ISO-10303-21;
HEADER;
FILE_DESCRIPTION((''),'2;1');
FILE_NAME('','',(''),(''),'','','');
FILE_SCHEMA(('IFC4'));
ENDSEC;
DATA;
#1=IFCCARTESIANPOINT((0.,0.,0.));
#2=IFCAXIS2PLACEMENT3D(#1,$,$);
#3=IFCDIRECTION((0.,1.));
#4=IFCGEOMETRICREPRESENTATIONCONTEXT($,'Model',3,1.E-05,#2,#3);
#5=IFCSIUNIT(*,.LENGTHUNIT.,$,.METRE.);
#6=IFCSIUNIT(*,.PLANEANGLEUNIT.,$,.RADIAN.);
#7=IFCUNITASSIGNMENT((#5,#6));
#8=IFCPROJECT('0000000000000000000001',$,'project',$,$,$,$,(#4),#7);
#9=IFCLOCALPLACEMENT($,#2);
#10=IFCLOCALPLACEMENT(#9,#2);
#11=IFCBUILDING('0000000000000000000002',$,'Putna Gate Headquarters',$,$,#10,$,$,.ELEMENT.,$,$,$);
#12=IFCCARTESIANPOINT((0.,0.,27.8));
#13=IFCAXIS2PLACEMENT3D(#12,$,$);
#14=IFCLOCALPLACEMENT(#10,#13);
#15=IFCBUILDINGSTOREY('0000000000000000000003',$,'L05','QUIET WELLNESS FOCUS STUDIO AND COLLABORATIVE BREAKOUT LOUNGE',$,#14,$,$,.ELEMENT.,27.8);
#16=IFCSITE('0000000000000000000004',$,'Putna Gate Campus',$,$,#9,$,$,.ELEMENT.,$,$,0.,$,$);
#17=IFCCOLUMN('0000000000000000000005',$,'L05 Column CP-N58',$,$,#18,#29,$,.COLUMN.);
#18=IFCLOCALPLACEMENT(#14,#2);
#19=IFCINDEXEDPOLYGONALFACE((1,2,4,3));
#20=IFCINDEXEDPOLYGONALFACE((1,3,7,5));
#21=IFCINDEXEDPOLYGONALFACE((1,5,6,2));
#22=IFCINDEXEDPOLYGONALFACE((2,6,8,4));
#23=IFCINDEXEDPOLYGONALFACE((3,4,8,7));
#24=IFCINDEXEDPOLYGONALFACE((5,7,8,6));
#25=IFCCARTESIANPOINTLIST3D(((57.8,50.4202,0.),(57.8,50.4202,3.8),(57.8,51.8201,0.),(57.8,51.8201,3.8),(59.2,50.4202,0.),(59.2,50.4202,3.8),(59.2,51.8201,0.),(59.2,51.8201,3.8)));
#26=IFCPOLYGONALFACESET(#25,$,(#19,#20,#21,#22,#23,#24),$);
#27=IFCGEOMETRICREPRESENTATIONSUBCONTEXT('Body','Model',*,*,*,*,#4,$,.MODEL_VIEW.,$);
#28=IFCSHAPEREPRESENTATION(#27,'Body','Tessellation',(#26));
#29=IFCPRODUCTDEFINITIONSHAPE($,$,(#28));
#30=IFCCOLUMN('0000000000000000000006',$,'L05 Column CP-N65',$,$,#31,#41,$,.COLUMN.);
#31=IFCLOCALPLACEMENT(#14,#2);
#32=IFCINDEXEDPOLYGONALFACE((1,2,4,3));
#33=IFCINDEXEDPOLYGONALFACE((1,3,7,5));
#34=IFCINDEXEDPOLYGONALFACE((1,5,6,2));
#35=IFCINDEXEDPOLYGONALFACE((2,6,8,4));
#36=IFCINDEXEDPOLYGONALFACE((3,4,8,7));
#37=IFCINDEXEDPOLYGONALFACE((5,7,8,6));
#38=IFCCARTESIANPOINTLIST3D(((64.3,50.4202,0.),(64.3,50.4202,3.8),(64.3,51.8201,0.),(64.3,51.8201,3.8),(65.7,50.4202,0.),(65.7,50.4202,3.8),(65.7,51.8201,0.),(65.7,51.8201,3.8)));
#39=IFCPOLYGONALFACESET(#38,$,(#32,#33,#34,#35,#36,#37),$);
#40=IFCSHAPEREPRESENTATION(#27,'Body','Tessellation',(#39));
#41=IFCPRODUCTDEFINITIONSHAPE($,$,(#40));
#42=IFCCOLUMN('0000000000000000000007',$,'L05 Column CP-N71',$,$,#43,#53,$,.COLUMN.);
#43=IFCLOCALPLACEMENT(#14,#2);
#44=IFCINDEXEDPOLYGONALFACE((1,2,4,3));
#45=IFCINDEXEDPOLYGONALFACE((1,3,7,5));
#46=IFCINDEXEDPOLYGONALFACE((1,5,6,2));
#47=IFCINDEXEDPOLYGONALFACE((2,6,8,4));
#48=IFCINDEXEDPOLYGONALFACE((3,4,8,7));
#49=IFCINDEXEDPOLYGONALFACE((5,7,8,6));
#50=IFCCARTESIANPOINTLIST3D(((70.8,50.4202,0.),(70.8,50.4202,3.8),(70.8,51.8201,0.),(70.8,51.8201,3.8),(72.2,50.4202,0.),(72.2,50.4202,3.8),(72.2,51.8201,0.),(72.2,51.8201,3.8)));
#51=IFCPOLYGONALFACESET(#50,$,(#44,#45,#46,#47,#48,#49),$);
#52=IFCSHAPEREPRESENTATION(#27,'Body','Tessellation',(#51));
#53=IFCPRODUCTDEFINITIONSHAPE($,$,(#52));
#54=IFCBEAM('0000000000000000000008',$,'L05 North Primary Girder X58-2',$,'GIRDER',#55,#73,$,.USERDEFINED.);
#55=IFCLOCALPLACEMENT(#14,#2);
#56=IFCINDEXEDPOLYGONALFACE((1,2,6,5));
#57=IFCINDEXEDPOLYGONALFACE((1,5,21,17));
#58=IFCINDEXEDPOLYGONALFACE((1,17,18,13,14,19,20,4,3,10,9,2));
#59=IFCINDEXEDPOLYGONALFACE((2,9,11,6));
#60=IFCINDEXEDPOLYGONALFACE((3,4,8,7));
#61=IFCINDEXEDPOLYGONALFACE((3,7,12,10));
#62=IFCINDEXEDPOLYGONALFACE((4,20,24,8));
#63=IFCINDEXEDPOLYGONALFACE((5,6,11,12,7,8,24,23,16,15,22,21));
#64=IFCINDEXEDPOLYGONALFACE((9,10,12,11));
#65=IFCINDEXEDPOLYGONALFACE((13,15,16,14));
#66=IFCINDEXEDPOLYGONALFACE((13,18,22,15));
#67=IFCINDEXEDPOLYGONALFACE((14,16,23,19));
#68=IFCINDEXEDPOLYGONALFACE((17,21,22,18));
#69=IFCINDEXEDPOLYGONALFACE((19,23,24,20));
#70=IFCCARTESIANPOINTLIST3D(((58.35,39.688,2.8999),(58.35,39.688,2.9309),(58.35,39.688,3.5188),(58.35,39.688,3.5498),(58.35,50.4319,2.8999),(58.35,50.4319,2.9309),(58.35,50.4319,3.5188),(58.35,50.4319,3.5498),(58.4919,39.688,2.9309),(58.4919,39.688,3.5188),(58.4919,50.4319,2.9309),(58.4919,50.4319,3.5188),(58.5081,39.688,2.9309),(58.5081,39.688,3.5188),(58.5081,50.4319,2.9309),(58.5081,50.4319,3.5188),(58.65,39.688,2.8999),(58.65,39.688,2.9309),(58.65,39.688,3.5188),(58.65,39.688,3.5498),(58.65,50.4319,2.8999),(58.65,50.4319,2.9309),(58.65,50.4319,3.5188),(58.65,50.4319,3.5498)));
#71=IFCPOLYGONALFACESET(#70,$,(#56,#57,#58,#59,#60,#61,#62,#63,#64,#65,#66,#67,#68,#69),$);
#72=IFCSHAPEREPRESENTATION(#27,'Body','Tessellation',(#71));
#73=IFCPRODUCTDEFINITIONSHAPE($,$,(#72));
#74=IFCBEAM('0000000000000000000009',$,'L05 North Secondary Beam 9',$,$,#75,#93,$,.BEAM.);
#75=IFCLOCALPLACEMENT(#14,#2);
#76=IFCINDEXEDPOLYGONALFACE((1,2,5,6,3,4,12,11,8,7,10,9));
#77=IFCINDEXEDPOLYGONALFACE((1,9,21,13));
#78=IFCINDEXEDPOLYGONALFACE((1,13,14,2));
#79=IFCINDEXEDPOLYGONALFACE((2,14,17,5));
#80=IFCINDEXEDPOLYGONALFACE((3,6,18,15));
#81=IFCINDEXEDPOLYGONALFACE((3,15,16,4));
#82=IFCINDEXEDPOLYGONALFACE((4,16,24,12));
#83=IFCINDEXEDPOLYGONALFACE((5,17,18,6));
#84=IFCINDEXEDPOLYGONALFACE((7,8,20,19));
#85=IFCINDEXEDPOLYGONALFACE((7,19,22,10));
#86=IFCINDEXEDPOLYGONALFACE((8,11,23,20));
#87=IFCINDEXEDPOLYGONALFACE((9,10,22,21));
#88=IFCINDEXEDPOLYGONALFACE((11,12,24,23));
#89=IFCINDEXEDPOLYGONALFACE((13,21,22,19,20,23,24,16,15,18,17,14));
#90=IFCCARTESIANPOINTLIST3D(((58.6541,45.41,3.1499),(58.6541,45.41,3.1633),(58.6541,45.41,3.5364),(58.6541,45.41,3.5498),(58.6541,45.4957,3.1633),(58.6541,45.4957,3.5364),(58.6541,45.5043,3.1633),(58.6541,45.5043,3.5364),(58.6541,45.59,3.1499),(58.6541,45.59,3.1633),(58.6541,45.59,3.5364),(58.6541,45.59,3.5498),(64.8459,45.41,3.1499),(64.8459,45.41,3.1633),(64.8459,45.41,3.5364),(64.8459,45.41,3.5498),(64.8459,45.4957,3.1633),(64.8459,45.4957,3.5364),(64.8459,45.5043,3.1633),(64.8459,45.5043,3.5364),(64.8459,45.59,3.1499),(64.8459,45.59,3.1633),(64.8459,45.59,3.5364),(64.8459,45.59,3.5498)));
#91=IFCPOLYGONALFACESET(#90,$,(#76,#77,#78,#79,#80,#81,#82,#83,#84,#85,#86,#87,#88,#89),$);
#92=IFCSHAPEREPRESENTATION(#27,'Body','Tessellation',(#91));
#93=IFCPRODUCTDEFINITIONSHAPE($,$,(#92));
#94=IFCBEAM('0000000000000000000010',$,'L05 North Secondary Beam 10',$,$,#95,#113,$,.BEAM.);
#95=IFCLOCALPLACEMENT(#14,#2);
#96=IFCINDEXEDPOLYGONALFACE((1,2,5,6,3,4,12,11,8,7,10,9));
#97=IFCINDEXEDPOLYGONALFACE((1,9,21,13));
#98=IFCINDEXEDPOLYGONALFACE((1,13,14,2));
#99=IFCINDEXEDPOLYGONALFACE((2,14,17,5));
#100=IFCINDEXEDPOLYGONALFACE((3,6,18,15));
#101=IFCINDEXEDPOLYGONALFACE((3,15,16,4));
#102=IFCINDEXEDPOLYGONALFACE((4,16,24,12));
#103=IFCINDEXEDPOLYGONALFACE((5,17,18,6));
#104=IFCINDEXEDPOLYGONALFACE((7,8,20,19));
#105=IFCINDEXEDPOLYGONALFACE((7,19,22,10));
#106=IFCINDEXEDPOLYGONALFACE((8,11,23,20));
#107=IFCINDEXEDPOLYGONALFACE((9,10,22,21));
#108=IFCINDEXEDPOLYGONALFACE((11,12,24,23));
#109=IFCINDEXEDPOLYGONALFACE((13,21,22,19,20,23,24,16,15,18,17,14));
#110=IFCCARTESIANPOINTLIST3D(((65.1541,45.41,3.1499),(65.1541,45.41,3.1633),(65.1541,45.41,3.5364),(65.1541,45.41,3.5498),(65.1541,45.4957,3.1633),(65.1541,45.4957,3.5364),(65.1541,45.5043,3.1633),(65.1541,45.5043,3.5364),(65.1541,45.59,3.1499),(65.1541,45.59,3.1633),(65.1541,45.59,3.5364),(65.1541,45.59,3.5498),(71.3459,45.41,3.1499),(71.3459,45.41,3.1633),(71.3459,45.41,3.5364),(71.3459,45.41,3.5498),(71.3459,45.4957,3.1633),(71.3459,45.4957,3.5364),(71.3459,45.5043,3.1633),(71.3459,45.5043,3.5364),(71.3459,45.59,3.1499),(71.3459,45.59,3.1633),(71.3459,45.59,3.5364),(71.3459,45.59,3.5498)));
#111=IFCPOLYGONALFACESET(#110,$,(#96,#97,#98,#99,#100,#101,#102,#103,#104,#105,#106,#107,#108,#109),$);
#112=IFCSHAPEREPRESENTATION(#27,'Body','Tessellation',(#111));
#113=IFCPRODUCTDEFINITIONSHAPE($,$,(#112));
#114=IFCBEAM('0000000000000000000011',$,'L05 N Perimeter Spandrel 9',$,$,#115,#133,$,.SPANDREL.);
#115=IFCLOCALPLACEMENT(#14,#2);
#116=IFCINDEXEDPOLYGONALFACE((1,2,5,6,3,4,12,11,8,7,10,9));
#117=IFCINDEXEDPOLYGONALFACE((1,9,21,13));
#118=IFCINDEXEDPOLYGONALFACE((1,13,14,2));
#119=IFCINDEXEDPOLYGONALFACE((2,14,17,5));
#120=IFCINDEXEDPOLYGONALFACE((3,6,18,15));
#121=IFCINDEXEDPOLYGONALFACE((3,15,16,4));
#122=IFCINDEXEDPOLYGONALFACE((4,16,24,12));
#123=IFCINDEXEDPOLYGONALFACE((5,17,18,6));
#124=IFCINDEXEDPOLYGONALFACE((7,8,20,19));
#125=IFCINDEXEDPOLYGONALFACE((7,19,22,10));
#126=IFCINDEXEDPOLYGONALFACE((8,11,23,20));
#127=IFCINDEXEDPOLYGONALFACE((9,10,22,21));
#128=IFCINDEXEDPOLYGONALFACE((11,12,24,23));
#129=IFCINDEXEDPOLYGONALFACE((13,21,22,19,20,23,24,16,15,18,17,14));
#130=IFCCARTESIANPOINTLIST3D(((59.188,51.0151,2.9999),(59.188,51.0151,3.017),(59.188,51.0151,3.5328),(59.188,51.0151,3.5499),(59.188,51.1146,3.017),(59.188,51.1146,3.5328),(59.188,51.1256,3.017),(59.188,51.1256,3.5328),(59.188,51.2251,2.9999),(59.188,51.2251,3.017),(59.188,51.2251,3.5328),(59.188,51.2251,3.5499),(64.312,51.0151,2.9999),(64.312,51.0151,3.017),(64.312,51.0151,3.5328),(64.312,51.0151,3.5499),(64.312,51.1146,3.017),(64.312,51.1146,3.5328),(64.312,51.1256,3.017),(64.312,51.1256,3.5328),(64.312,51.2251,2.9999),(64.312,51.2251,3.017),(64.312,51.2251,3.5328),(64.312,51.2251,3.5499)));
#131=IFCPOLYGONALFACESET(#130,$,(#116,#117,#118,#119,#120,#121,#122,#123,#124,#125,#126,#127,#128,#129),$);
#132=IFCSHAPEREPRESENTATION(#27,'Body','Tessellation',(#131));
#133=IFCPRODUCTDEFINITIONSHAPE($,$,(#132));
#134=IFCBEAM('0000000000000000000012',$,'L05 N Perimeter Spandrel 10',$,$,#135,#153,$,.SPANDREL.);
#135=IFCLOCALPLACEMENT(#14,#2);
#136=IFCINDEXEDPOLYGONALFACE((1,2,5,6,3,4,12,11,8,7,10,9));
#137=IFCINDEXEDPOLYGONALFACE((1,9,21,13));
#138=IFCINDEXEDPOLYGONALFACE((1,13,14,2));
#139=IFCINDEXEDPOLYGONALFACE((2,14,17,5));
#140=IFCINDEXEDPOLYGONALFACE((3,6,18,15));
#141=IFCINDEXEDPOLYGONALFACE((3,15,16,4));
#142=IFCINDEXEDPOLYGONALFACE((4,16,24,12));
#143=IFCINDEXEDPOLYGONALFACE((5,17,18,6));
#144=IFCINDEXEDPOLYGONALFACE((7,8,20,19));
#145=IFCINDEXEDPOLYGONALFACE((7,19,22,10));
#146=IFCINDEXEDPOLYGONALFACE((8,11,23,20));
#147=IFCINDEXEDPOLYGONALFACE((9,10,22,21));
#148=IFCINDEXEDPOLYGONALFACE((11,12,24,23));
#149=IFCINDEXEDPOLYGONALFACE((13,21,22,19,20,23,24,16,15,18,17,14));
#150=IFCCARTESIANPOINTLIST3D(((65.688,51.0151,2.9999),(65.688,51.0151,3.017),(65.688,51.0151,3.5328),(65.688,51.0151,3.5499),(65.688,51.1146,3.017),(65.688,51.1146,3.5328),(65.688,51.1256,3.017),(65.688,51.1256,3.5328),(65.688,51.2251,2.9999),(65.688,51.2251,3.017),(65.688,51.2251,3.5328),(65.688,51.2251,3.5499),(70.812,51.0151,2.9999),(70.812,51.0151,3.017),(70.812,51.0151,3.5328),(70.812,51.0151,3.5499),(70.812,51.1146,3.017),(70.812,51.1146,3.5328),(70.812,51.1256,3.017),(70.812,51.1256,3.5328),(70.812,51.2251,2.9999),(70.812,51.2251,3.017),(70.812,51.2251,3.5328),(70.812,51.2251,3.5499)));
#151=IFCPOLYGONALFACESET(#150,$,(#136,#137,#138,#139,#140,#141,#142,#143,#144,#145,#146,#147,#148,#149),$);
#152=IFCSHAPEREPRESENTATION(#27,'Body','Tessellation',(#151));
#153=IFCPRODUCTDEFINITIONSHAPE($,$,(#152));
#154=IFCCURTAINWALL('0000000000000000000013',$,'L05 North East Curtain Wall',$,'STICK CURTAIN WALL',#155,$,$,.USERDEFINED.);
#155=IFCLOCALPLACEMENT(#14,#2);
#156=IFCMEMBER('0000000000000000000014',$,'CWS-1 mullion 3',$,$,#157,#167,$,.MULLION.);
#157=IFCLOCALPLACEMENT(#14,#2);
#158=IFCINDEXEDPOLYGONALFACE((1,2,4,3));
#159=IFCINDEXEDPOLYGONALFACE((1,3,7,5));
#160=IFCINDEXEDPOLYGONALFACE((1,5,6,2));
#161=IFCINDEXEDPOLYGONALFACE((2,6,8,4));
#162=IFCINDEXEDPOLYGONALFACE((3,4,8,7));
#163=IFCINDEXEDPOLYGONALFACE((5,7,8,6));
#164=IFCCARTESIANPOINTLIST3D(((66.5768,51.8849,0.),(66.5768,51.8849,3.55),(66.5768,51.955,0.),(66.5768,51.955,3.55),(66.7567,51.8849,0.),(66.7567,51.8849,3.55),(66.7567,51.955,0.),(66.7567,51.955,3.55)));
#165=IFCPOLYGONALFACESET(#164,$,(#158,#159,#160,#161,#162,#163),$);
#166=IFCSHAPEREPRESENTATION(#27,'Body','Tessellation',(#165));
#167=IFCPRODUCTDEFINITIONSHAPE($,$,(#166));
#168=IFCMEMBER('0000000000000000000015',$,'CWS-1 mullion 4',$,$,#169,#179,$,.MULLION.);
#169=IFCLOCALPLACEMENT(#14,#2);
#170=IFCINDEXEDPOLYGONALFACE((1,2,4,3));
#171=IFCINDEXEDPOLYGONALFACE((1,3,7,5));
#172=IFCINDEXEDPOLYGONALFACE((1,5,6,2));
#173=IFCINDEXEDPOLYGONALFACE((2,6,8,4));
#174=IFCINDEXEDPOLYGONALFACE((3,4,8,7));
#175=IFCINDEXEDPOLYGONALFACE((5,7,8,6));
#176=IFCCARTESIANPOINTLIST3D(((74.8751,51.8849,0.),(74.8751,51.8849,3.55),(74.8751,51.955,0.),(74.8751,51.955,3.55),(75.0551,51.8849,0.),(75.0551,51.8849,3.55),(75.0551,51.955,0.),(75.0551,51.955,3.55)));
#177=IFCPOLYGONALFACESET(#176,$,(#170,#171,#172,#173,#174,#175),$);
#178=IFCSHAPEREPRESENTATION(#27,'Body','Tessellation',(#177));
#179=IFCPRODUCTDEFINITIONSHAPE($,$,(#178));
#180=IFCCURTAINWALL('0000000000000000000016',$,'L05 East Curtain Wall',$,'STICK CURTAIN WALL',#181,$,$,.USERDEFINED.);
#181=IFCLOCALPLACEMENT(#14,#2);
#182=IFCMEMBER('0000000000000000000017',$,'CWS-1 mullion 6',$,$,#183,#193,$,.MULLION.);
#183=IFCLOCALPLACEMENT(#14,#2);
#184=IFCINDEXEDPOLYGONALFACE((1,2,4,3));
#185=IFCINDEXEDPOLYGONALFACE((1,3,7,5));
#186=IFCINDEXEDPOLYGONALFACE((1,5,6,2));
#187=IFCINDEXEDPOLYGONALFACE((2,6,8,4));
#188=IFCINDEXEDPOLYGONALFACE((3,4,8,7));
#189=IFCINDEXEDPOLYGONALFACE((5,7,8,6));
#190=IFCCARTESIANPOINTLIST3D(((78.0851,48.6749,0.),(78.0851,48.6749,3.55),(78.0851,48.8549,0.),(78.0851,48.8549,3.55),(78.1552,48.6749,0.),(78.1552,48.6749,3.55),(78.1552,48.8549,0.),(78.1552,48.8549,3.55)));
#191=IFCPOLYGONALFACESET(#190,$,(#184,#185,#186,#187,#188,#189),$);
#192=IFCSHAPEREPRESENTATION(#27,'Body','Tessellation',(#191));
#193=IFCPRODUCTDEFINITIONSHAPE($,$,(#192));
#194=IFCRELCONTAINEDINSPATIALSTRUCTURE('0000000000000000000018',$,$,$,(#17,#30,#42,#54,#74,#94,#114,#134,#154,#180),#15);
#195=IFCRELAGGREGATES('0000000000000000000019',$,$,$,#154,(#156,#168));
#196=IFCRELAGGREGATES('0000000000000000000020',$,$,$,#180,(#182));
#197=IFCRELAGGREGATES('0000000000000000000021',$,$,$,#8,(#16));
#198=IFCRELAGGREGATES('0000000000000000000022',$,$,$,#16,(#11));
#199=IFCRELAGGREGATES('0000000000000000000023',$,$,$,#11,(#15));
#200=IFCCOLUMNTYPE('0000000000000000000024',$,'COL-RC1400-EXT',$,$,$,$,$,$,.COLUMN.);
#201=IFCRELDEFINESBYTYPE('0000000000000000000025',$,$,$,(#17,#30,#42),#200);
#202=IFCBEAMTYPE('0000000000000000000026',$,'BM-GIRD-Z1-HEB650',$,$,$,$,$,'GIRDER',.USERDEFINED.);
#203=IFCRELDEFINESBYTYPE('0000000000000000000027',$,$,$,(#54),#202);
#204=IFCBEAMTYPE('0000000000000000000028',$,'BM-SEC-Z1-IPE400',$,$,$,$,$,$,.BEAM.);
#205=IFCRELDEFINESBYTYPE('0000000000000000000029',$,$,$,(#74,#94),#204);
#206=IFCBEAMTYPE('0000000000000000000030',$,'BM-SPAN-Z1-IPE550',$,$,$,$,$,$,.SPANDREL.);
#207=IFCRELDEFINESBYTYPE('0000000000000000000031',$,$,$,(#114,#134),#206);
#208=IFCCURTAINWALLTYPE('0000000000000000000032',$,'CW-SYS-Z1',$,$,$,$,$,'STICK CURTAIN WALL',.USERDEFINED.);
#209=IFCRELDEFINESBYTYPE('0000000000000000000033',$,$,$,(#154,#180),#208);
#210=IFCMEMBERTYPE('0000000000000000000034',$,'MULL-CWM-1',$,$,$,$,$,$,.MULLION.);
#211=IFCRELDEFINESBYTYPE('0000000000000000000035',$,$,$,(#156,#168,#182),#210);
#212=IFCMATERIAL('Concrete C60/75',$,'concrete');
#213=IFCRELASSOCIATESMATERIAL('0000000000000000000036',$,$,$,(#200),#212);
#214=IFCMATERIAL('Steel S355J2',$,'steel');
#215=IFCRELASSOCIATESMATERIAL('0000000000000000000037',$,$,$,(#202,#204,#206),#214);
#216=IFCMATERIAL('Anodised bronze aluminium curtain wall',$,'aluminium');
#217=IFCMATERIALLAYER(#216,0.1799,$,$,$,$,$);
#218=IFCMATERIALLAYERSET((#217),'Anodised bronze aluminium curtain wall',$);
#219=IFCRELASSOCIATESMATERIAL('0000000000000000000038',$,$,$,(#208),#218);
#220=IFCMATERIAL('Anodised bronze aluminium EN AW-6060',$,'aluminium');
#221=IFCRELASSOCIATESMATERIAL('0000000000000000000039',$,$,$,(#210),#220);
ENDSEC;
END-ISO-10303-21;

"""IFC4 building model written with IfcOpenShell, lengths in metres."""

from ifc_helpers import new_model, si_unit, direction, frame, origin, origin_2d, place, context, subcontext, project, spatial, rectangle, i_section, extrude, material, layer, layer_set, material_profile, profile_set, type_object, element, aggregate, save


model = new_model("IFC4")

# Units and contexts
model_context = context("Model", 3, precision=1e-05, world=origin(), true_north=direction((0.0, 1.0)))
body_context = subcontext(model_context, "Body", "Model", "MODEL_VIEW")
ifc_project = project(units=[si_unit("LENGTHUNIT", "METRE"), si_unit("PLANEANGLEUNIT", "RADIAN")], contexts=[model_context])

# Site, building, storey
site_placement = place(None, origin())
site = spatial("IfcSite", under=ifc_project, at=site_placement, Name="Putna Gate Campus", CompositionType="ELEMENT", RefElevation=0.0)
building_placement = place(site_placement, origin())
building = spatial("IfcBuilding", under=site, at=building_placement, Name="Putna Gate Headquarters", CompositionType="ELEMENT")
storey_placement = place(building_placement, frame((0.0, 0.0, 27.8)))
storey = spatial("IfcBuildingStorey", under=building, at=storey_placement, Name="L05", Description="QUIET WELLNESS FOCUS STUDIO AND COLLABORATIVE BREAKOUT LOUNGE", CompositionType="ELEMENT", Elevation=27.8)

# Columns
ifc_material_1 = material(Name="Concrete C60/75", Category="concrete")
ifc_material_profile_1 = material_profile(ifc_material_1, rectangle(XDim=1.3999, YDim=1.3999, at=origin_2d()), Name="Concrete C60/75")
ifc_profile_set_1 = profile_set([ifc_material_profile_1], Name="Concrete C60/75")
column_type = type_object("IfcColumnType", Name="COL-RC1400-EXT", PredefinedType="COLUMN", material=ifc_profile_set_1)
for number, where, z_axis, x_axis, name in (
    (1, (58.5, 51.1201, 0.0), (0.0, 0.0, 1.0), (1.0, 0.0, 0.0), "L05 Column CP-N58"),
    (2, (65.0, 51.1201, 0.0), (0.0, 0.0, 1.0), (1.0, 0.0, 0.0), "L05 Column CP-N65"),
    (3, (71.5, 51.1201, 0.0), (0.0, 0.0, 1.0), (1.0, 0.0, 0.0), "L05 Column CP-N71"),
):
    element("IfcColumn", number, at=place(storey_placement, frame(where, z_axis=z_axis, x_axis=x_axis)), inside=storey, type_object=column_type, Name=name, PredefinedType="COLUMN", context=body_context, shape_type="SweptSolid", body=[
        extrude(rectangle(XDim=1.3999, YDim=1.3999, at=origin_2d()), origin(), (0.0, 0.0, 1.0), 3.8),
    ])

# Beams
ifc_material_2 = material(Name="Steel S355J2", Category="steel")
ifc_material_profile_2 = material_profile(ifc_material_2, i_section(OverallWidth=0.3, OverallDepth=0.6499, WebThickness=0.0161, FlangeThickness=0.031, at=origin_2d()), Name="Steel S355J2")
ifc_profile_set_2 = profile_set([ifc_material_profile_2], Name="Steel S355J2")
beam_type_1 = type_object("IfcBeamType", Name="BM-GIRD-Z1-HEB650", ElementType="GIRDER", PredefinedType="USERDEFINED", material=ifc_profile_set_2)
beam_placement = place(storey_placement, frame((58.5, 39.688, 3.2249), z_axis=(0.0, 1.0, 0.0), x_axis=(-1.0, 0.0, 0.0)))
element("IfcBeam", 4, at=beam_placement, inside=storey, type_object=beam_type_1, Name="L05 North Primary Girder X58-2", ObjectType="GIRDER", PredefinedType="USERDEFINED", context=body_context, shape_type="SweptSolid", body=[
    extrude(i_section(OverallWidth=0.3, OverallDepth=0.6499, WebThickness=0.0161, FlangeThickness=0.031, at=origin_2d()), origin(), (0.0, 0.0, 1.0), 10.7439),
])
ifc_material_profile_3 = material_profile(ifc_material_2, i_section(OverallWidth=0.1799, OverallDepth=0.3999, WebThickness=0.0085, FlangeThickness=0.0134, at=origin_2d()), Name="Steel S355J2")
ifc_profile_set_3 = profile_set([ifc_material_profile_3], Name="Steel S355J2")
beam_type_2 = type_object("IfcBeamType", Name="BM-SEC-Z1-IPE400", PredefinedType="BEAM", material=ifc_profile_set_3)
for number, where, z_axis, x_axis, name in (
    (5, (58.6541, 45.5, 3.3499), (1.0, 0.0, 0.0), (0.0, 1.0, 0.0), "L05 North Secondary Beam 9"),
    (6, (65.1541, 45.5, 3.3499), (1.0, 0.0, 0.0), (0.0, 1.0, 0.0), "L05 North Secondary Beam 10"),
):
    element("IfcBeam", number, at=place(storey_placement, frame(where, z_axis=z_axis, x_axis=x_axis)), inside=storey, type_object=beam_type_2, Name=name, PredefinedType="BEAM", context=body_context, shape_type="SweptSolid", body=[
        extrude(i_section(OverallWidth=0.1799, OverallDepth=0.3999, WebThickness=0.0085, FlangeThickness=0.0134, at=origin_2d()), origin(), (0.0, 0.0, 1.0), 6.1919),
    ])
ifc_material_profile_4 = material_profile(ifc_material_2, i_section(OverallWidth=0.21, OverallDepth=0.55, WebThickness=0.011, FlangeThickness=0.0171, at=origin_2d()), Name="Steel S355J2")
ifc_profile_set_4 = profile_set([ifc_material_profile_4], Name="Steel S355J2")
beam_type_3 = type_object("IfcBeamType", Name="BM-SPAN-Z1-IPE550", PredefinedType="SPANDREL", material=ifc_profile_set_4)
for number, where, z_axis, x_axis, name in (
    (7, (59.188, 51.1201, 3.2749), (1.0, 0.0, 0.0), (0.0, 1.0, 0.0), "L05 N Perimeter Spandrel 9"),
    (8, (65.688, 51.1201, 3.2749), (1.0, 0.0, 0.0), (0.0, 1.0, 0.0), "L05 N Perimeter Spandrel 10"),
):
    element("IfcBeam", number, at=place(storey_placement, frame(where, z_axis=z_axis, x_axis=x_axis)), inside=storey, type_object=beam_type_3, Name=name, PredefinedType="SPANDREL", context=body_context, shape_type="SweptSolid", body=[
        extrude(i_section(OverallWidth=0.21, OverallDepth=0.55, WebThickness=0.011, FlangeThickness=0.0171, at=origin_2d()), origin(), (0.0, 0.0, 1.0), 5.124),
    ])

# Curtain wall, members
ifc_material_3 = material(Name="Anodised bronze aluminium curtain wall", Category="aluminium")
ifc_layer_1 = layer(ifc_material_3, 0.1799)
ifc_layer_set_1 = layer_set([ifc_layer_1], Name="Anodised bronze aluminium curtain wall")
curtain_wall_type = type_object("IfcCurtainWallType", Name="CW-SYS-Z1", ElementType="STICK CURTAIN WALL", PredefinedType="USERDEFINED", material=ifc_layer_set_1)
curtain_wall_1_placement = place(storey_placement, origin())
curtain_wall_1 = element("IfcCurtainWall", 9, at=curtain_wall_1_placement, inside=storey, type_object=curtain_wall_type, Name="L05 North East Curtain Wall", ObjectType="STICK CURTAIN WALL", PredefinedType="USERDEFINED")
ifc_material_4 = material(Name="Anodised bronze aluminium EN AW-6060", Category="aluminium")
ifc_material_profile_5 = material_profile(ifc_material_4, rectangle(XDim=0.0701, YDim=0.1799, at=origin_2d()), Name="Anodised bronze aluminium EN AW-6060")
ifc_profile_set_5 = profile_set([ifc_material_profile_5], Name="Anodised bronze aluminium EN AW-6060")
member_type_1 = type_object("IfcMemberType", Name="MULL-CWM-1", PredefinedType="MULLION", material=ifc_profile_set_5)
member_1_placement = place(storey_placement, frame((66.6667, 51.9199, 0.0), z_axis=(0.0, 0.0, 1.0), x_axis=(0.0, 1.0, 0.0)))
member_1 = element("IfcMember", 10, at=member_1_placement, type_object=member_type_1, Name="CWS-1 mullion 3", PredefinedType="MULLION", context=body_context, shape_type="SweptSolid", body=[
    extrude(rectangle(XDim=0.0701, YDim=0.1799, at=origin_2d()), origin(), (0.0, 0.0, 1.0), 3.55),
])
member_2_placement = place(storey_placement, frame((74.9651, 51.9199, 0.0), z_axis=(0.0, 0.0, 1.0), x_axis=(0.0, 1.0, 0.0)))
member_2 = element("IfcMember", 11, at=member_2_placement, type_object=member_type_1, Name="CWS-1 mullion 4", PredefinedType="MULLION", context=body_context, shape_type="SweptSolid", body=[
    extrude(rectangle(XDim=0.0701, YDim=0.1799, at=origin_2d()), origin(), (0.0, 0.0, 1.0), 3.55),
])

# Curtain wall, member
curtain_wall_2_placement = place(storey_placement, origin())
curtain_wall_2 = element("IfcCurtainWall", 12, at=curtain_wall_2_placement, inside=storey, type_object=curtain_wall_type, Name="L05 East Curtain Wall", ObjectType="STICK CURTAIN WALL", PredefinedType="USERDEFINED")
member_3_placement = place(storey_placement, frame((78.1201, 48.7649, 0.0), z_axis=(0.0, 0.0, 1.0), x_axis=(-1.0, 0.0, 0.0)))
member_3 = element("IfcMember", 13, at=member_3_placement, type_object=member_type_1, Name="CWS-1 mullion 6", PredefinedType="MULLION", context=body_context, shape_type="SweptSolid", body=[
    extrude(rectangle(XDim=0.0701, YDim=0.1799, at=origin_2d()), origin(), (0.0, 0.0, 1.0), 3.55),
])

aggregate(curtain_wall_1, [member_1, member_2])
aggregate(curtain_wall_2, [member_3])

save(model, "model.ifc")
